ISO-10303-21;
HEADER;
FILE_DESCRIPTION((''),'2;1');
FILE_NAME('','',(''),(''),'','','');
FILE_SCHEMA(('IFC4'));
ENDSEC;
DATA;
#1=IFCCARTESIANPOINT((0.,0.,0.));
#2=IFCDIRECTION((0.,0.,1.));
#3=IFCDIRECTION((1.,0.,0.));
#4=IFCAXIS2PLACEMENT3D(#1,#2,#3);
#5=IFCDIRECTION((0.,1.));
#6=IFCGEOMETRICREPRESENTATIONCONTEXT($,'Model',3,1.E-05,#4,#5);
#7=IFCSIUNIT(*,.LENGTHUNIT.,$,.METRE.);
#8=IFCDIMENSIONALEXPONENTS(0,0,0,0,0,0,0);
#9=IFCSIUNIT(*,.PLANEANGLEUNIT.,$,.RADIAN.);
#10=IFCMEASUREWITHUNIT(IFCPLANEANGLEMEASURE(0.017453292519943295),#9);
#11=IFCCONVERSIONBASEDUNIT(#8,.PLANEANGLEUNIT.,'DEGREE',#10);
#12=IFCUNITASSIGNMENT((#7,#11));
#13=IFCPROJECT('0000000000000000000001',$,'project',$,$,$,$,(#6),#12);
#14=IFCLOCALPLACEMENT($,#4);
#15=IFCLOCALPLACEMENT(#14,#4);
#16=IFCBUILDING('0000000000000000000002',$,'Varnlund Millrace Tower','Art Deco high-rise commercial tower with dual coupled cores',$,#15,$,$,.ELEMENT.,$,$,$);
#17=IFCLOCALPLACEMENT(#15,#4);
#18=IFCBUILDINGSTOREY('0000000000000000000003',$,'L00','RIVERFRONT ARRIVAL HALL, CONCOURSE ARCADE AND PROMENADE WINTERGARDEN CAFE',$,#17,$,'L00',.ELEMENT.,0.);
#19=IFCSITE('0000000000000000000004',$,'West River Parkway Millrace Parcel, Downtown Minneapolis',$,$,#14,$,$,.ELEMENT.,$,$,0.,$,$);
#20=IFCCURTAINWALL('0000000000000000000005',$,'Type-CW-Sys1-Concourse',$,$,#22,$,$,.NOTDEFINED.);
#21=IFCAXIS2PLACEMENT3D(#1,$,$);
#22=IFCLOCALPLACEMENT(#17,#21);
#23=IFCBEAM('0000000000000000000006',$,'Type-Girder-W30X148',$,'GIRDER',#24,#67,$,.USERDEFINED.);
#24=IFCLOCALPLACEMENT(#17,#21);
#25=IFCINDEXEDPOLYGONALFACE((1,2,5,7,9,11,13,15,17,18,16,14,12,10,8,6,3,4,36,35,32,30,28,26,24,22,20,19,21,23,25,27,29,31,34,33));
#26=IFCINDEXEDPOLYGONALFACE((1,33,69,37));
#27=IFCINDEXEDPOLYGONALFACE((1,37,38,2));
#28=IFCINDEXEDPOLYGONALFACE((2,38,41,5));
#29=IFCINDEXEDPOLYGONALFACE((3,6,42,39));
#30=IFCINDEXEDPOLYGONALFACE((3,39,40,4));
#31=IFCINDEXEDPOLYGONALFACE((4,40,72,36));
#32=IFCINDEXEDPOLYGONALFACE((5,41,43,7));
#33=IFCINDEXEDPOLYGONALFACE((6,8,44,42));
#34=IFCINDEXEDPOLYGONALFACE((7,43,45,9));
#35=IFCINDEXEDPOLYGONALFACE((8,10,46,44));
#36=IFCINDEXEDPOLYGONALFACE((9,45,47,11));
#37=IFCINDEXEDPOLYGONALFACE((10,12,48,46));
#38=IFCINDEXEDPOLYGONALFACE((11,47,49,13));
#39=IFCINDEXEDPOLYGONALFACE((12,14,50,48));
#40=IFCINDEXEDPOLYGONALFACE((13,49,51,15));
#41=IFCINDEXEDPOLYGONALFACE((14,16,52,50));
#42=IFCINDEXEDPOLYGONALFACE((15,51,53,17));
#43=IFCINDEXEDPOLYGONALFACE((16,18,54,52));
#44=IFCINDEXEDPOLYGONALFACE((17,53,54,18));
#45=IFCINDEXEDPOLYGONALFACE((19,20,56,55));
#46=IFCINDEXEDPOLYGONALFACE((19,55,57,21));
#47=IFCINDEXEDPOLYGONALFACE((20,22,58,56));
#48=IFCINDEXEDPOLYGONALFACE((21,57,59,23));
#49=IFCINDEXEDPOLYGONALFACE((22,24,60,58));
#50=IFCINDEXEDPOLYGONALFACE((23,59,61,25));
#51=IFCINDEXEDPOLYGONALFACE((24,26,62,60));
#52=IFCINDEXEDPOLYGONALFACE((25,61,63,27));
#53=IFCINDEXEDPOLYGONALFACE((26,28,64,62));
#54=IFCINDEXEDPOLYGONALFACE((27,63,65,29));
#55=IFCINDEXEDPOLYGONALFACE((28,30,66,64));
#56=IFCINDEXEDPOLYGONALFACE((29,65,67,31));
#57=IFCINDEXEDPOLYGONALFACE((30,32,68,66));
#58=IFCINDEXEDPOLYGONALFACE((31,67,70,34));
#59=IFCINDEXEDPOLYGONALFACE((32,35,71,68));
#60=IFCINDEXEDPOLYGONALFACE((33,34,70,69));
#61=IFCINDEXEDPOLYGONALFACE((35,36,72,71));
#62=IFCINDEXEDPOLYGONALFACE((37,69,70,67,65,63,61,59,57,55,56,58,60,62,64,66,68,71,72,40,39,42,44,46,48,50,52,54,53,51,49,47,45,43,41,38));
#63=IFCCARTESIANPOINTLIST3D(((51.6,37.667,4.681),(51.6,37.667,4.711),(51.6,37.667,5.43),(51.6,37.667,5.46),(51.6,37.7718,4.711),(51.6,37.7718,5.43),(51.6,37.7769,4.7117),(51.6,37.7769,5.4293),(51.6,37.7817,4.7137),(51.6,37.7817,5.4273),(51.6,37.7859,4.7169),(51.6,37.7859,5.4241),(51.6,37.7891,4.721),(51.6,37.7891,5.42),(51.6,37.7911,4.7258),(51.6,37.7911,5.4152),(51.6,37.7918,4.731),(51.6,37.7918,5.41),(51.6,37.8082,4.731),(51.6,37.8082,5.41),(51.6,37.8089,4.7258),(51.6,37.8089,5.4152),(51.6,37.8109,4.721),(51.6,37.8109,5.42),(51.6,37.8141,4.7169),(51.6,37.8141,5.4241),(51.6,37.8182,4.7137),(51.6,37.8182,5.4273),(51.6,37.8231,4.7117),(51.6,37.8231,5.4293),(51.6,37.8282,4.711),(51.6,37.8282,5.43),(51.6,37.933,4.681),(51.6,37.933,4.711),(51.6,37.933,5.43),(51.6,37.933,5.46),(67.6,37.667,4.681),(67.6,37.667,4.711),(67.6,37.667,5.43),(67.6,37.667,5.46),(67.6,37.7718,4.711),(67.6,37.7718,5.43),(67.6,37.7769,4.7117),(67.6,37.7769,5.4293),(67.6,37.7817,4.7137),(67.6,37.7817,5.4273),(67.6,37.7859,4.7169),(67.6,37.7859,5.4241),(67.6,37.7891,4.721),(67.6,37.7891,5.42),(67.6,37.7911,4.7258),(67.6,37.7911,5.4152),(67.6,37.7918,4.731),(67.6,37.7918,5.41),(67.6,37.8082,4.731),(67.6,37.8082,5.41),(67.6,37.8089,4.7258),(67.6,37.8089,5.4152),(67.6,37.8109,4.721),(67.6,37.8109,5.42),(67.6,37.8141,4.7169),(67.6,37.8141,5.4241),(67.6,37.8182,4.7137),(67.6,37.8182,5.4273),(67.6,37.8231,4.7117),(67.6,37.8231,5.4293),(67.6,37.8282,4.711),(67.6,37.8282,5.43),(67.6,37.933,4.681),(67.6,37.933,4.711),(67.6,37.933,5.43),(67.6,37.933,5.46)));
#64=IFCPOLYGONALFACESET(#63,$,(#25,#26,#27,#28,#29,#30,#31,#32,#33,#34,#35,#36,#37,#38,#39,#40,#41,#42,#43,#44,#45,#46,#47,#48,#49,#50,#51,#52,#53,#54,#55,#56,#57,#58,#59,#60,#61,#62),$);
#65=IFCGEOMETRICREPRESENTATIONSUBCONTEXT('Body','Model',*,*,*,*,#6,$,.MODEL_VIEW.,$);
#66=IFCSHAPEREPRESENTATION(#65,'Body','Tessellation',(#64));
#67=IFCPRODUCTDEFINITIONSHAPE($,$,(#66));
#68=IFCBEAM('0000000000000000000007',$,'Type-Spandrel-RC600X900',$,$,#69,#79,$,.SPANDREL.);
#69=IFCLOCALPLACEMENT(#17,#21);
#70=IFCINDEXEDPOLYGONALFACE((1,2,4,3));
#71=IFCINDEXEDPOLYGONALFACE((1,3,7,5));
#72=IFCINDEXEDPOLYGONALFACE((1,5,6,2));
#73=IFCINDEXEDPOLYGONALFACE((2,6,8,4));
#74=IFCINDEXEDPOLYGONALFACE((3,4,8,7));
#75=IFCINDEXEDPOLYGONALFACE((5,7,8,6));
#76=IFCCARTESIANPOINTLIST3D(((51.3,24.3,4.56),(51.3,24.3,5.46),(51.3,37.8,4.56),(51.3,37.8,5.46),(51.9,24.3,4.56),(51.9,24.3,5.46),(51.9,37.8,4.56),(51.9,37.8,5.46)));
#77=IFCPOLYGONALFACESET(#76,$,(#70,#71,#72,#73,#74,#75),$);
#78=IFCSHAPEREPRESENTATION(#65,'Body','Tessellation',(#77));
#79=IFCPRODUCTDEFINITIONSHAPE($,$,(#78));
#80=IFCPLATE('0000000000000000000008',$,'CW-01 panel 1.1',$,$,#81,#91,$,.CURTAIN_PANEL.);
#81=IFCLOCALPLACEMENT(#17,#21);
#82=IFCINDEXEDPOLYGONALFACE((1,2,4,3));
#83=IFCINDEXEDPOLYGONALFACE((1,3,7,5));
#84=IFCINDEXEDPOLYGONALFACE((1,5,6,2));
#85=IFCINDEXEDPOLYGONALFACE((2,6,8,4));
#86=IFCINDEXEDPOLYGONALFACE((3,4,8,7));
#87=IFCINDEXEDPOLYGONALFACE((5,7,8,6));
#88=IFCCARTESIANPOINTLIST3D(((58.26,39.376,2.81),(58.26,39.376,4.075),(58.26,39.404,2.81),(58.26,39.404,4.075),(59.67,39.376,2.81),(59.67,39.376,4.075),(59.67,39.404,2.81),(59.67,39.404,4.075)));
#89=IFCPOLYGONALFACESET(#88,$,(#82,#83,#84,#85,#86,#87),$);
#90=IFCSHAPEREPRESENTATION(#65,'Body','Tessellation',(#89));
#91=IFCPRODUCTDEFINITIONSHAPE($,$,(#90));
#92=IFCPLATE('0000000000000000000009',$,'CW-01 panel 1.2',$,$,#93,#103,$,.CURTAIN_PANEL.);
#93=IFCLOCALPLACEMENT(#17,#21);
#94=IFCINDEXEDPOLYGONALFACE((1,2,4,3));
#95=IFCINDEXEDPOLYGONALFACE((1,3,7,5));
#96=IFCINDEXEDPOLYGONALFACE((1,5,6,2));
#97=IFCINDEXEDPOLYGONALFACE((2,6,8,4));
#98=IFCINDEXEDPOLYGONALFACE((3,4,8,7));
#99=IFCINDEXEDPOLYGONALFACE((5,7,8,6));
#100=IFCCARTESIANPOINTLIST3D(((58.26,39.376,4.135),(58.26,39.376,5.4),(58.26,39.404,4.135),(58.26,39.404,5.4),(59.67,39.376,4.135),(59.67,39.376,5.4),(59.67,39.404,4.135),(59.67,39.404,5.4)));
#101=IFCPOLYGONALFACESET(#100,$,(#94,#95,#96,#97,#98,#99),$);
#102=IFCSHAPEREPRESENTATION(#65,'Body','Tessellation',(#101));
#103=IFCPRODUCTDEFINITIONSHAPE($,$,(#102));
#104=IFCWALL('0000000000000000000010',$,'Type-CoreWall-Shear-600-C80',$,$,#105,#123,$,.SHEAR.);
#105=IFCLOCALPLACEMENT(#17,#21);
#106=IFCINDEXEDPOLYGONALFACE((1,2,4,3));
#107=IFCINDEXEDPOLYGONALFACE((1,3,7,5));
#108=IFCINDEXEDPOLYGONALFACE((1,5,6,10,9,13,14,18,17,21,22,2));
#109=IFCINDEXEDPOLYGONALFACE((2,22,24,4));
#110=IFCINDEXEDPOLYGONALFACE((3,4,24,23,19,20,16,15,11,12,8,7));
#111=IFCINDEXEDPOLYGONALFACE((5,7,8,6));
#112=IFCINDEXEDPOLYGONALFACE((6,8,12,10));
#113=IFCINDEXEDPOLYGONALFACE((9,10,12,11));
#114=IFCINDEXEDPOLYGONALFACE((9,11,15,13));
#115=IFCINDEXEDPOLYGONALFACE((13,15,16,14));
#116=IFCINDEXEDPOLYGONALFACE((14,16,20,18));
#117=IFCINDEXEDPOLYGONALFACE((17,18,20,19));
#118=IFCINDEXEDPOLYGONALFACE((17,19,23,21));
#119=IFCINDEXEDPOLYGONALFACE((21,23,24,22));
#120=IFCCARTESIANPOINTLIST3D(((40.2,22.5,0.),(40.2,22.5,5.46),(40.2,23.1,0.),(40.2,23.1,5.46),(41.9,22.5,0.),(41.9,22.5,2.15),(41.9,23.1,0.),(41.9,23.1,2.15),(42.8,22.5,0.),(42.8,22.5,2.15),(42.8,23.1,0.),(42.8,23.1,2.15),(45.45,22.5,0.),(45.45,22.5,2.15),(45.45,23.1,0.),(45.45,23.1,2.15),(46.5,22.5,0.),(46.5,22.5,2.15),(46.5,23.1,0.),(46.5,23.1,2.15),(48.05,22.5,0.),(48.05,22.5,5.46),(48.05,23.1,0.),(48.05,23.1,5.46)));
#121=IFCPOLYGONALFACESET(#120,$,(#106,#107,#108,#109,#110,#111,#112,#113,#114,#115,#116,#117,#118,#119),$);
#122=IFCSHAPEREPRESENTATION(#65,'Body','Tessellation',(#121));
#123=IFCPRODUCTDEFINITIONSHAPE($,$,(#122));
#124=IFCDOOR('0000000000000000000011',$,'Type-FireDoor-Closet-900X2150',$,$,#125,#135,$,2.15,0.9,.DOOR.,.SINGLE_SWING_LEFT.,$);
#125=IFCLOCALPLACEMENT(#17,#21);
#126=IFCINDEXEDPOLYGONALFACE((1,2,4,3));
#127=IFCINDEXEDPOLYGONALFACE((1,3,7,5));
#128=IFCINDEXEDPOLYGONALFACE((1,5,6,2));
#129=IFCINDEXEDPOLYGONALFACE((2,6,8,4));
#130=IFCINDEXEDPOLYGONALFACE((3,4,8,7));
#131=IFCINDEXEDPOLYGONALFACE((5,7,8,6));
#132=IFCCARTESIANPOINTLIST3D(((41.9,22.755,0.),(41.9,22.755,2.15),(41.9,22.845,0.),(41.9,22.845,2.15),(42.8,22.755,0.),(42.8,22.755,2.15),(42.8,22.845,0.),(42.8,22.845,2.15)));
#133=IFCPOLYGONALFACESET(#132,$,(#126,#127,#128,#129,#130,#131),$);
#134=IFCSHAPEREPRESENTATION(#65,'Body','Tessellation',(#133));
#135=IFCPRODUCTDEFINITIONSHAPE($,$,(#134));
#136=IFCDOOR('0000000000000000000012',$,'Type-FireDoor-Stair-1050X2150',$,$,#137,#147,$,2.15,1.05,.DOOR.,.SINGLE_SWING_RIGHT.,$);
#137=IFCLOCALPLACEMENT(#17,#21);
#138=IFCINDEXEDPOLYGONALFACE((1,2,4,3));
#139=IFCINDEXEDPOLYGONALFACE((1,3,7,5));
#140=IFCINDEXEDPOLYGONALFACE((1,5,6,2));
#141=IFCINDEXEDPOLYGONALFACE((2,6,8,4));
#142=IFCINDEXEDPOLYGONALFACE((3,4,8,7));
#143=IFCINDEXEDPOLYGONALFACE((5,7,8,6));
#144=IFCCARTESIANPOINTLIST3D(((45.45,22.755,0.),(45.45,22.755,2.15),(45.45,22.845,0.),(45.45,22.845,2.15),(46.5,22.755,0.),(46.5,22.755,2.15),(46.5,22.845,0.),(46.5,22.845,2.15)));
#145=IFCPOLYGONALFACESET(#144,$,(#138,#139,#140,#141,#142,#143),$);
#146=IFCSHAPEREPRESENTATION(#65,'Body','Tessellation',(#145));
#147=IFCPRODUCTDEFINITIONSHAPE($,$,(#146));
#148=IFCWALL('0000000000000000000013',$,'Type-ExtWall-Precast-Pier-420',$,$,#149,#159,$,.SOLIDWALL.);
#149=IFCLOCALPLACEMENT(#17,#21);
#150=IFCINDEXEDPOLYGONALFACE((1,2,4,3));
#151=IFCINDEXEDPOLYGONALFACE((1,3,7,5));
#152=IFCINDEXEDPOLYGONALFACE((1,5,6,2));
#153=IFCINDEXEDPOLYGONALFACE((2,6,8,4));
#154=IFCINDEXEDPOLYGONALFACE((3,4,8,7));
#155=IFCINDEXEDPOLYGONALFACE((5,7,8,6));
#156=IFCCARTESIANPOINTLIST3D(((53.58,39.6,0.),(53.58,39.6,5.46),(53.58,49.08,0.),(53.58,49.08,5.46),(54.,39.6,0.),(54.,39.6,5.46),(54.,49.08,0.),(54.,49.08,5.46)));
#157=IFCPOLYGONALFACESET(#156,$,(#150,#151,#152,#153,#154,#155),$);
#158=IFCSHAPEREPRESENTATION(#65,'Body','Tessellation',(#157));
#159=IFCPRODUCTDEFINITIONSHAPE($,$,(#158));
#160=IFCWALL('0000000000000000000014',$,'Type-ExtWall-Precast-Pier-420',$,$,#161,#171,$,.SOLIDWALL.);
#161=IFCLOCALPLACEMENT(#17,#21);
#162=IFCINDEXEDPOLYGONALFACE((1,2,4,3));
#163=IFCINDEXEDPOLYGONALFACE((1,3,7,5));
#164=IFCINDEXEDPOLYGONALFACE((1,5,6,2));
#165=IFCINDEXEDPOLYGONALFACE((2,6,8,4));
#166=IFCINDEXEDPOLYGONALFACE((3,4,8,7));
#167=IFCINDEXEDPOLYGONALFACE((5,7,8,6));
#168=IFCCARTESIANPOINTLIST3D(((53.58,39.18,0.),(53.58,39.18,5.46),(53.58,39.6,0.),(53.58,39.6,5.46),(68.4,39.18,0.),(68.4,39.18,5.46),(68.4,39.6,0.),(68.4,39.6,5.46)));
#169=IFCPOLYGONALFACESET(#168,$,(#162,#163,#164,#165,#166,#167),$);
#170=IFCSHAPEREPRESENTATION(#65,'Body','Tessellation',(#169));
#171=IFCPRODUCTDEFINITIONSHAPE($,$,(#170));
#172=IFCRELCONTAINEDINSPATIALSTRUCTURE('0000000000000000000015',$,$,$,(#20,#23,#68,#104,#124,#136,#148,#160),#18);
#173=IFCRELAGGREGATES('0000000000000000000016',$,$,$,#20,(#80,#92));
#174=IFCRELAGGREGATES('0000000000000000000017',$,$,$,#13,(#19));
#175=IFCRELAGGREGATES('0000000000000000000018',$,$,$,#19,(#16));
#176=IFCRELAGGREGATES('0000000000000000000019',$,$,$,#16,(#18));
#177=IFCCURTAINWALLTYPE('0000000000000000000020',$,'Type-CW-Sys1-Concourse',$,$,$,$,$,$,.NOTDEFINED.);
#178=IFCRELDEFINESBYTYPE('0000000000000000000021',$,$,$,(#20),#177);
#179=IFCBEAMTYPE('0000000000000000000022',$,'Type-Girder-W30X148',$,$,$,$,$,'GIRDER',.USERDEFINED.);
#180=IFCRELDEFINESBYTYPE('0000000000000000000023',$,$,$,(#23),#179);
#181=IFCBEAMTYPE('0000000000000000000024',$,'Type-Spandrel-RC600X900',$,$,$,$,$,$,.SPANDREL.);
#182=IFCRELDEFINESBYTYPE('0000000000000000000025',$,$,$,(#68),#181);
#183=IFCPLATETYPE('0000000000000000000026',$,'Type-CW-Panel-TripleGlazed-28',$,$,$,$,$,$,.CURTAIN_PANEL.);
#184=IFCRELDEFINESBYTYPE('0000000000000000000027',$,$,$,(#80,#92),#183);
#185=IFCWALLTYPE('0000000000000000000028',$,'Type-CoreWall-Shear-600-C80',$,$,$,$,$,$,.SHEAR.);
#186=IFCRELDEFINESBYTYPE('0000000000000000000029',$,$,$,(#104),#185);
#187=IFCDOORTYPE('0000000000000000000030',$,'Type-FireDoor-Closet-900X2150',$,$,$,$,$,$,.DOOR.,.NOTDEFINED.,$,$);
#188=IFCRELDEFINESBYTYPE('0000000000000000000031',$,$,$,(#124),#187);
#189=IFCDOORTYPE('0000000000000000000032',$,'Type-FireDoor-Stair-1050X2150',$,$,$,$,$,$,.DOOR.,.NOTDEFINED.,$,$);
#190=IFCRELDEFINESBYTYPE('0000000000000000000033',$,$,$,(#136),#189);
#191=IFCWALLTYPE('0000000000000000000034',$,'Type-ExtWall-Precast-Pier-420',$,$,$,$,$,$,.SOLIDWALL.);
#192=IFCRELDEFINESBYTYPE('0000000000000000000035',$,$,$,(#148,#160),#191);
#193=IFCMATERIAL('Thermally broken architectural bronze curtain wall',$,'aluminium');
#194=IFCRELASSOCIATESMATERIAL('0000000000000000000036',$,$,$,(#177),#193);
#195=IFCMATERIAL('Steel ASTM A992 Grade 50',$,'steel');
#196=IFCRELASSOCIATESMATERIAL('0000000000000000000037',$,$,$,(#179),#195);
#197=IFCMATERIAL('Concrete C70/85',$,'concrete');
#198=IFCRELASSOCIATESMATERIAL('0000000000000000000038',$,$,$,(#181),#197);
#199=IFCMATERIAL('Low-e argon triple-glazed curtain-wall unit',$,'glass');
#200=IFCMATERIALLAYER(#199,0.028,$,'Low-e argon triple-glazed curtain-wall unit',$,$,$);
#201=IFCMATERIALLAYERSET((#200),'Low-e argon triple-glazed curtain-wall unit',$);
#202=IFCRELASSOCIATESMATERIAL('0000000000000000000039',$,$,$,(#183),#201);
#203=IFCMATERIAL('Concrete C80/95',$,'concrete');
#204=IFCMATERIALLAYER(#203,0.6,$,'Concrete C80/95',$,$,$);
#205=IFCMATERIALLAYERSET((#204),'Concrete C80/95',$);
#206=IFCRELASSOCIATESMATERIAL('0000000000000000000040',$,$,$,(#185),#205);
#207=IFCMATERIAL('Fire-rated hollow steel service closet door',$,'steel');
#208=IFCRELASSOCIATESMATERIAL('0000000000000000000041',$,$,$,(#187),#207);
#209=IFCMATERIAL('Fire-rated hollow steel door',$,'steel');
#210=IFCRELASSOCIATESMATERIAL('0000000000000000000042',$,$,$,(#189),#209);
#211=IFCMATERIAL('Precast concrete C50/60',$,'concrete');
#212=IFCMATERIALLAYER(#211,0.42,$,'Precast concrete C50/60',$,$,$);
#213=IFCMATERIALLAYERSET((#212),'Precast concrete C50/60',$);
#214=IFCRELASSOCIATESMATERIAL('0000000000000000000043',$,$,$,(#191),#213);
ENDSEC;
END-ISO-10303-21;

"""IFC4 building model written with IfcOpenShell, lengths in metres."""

from ifc_helpers import new_model, entity, si_unit, converted_unit, direction, frame, origin_with_axes, origin_2d_with_axis, place, context, subcontext, project, spatial, polyline, rectangle, i_section, outline, extrude, material, layer, layer_set, material_profile, profile_set, type_object, element, fill, aggregate, save


model = new_model("IFC4")

# Units and contexts
model_context = context("Model", 3, precision=1e-05, world=origin_with_axes(), true_north=direction((0.0, 1.0)))
body_context = subcontext(model_context, "Body", "Model", "MODEL_VIEW")
ifc_project = project(units=[si_unit("LENGTHUNIT", "METRE"), converted_unit("PLANEANGLEUNIT", "DEGREE", entity("IfcPlaneAngleMeasure", 0.017453292519943295), si_unit("PLANEANGLEUNIT", "RADIAN"), dimensions=[0, 0, 0, 0, 0, 0, 0])], contexts=[model_context])

# Site, building, storey
site_placement = place(None, origin_with_axes())
site = spatial("IfcSite", under=ifc_project, at=site_placement, Name="West River Parkway Millrace Parcel, Downtown Minneapolis", CompositionType="ELEMENT", RefElevation=0.0)
building_placement = place(site_placement, origin_with_axes())
building = spatial("IfcBuilding", under=site, at=building_placement, Name="Varnlund Millrace Tower", Description="Art Deco high-rise commercial tower with dual coupled cores", CompositionType="ELEMENT")
storey_placement = place(building_placement, origin_with_axes())
storey = spatial("IfcBuildingStorey", under=building, at=storey_placement, Name="L00", Description="RIVERFRONT ARRIVAL HALL, CONCOURSE ARCADE AND PROMENADE WINTERGARDEN CAFE", LongName="L00", CompositionType="ELEMENT", Elevation=0.0)

# Shared definitions
ifc_material_1 = material(Name="Concrete C80/95", Category="concrete")

# Curtain wall
ifc_material_2 = material(Name="Thermally broken architectural bronze curtain wall", Category="aluminium")
curtain_wall_type = type_object("IfcCurtainWallType", Name="Type-CW-Sys1-Concourse", PredefinedType="NOTDEFINED", material=ifc_material_2)
curtain_wall_placement = place(storey_placement, frame((58.2, 39.39, 2.75), z_axis=(0.0, 0.0, 1.0), x_axis=(1.0, 0.0, 0.0)))
curtain_wall = element("IfcCurtainWall", 1, at=curtain_wall_placement, inside=storey, type_object=curtain_wall_type, Name="Type-CW-Sys1-Concourse", PredefinedType="NOTDEFINED")

# Beams
ifc_material_3 = material(Name="Steel ASTM A992 Grade 50", Category="steel")
ifc_material_profile_1 = material_profile(ifc_material_3, i_section(OverallWidth=0.266, OverallDepth=0.779, WebThickness=0.0165, FlangeThickness=0.03, FilletRadius=0.02, at=origin_2d_with_axis()), Name="Steel ASTM A992 Grade 50")
ifc_profile_set_1 = profile_set([ifc_material_profile_1], Name="Steel ASTM A992 Grade 50")
beam_type_1 = type_object("IfcBeamType", Name="Type-Girder-W30X148", ElementType="GIRDER", PredefinedType="USERDEFINED", material=ifc_profile_set_1)
beam_1_placement = place(storey_placement, frame((51.6, 37.8, 5.0705), z_axis=(1.0, 0.0, 0.0), x_axis=(0.0, 1.0, 0.0)))
element("IfcBeam", 2, at=beam_1_placement, inside=storey, type_object=beam_type_1, Name="Type-Girder-W30X148", ObjectType="GIRDER", PredefinedType="USERDEFINED", context=body_context, shape_type="SweptSolid", body=[
    extrude(i_section(OverallWidth=0.266, OverallDepth=0.779, WebThickness=0.0165, FlangeThickness=0.03, FilletRadius=0.02, at=origin_2d_with_axis()), origin_with_axes(), (0.0, 0.0, 1.0), 16.0),
])
ifc_material_4 = material(Name="Concrete C70/85", Category="concrete")
ifc_material_profile_2 = material_profile(ifc_material_4, rectangle(XDim=0.6, YDim=0.9, at=origin_2d_with_axis()), Name="Concrete C70/85")
ifc_profile_set_2 = profile_set([ifc_material_profile_2], Name="Concrete C70/85")
beam_type_2 = type_object("IfcBeamType", Name="Type-Spandrel-RC600X900", PredefinedType="SPANDREL", material=ifc_profile_set_2)
beam_2_placement = place(storey_placement, frame((51.6, 24.3, 5.01), z_axis=(0.0, 1.0, 0.0), x_axis=(-1.0, 0.0, 0.0)))
element("IfcBeam", 3, at=beam_2_placement, inside=storey, type_object=beam_type_2, Name="Type-Spandrel-RC600X900", PredefinedType="SPANDREL", context=body_context, shape_type="SweptSolid", body=[
    extrude(rectangle(XDim=0.6, YDim=0.9, at=origin_2d_with_axis()), origin_with_axes(), (0.0, 0.0, 1.0), 13.5),
])

# Plates
ifc_material_5 = material(Name="Low-e argon triple-glazed curtain-wall unit", Category="glass")
ifc_layer_1 = layer(ifc_material_5, 0.028, Name="Low-e argon triple-glazed curtain-wall unit")
ifc_layer_set_1 = layer_set([ifc_layer_1], Name="Low-e argon triple-glazed curtain-wall unit")
plate_type = type_object("IfcPlateType", Name="Type-CW-Panel-TripleGlazed-28", PredefinedType="CURTAIN_PANEL", material=ifc_layer_set_1)
plate_1_placement = place(storey_placement, frame((58.965, 39.39, 2.81), z_axis=(0.0, 0.0, 1.0), x_axis=(1.0, 0.0, 0.0)))
plate_1 = element("IfcPlate", 4, at=plate_1_placement, type_object=plate_type, Name="CW-01 panel 1.1", PredefinedType="CURTAIN_PANEL", context=body_context, shape_type="SweptSolid", body=[
    extrude(rectangle(XDim=1.41, YDim=0.028, at=origin_2d_with_axis()), origin_with_axes(), (0.0, 0.0, 1.0), 1.265),
])
plate_2_placement = place(storey_placement, frame((58.965, 39.39, 4.135), z_axis=(0.0, 0.0, 1.0), x_axis=(1.0, 0.0, 0.0)))
plate_2 = element("IfcPlate", 5, at=plate_2_placement, type_object=plate_type, Name="CW-01 panel 1.2", PredefinedType="CURTAIN_PANEL", context=body_context, shape_type="SweptSolid", body=[
    extrude(rectangle(XDim=1.41, YDim=0.028, at=origin_2d_with_axis()), origin_with_axes(), (0.0, 0.0, 1.0), 1.265),
])
aggregate(curtain_wall, [plate_1, plate_2])

# Wall, openings, doors
ifc_layer_2 = layer(ifc_material_1, 0.6, Name="Concrete C80/95")
ifc_layer_set_2 = layer_set([ifc_layer_2], Name="Concrete C80/95")
wall_type_1 = type_object("IfcWallType", Name="Type-CoreWall-Shear-600-C80", PredefinedType="SHEAR", material=ifc_layer_set_2)
wall_1_placement = place(storey_placement, frame((40.2, 22.8, 0.0), z_axis=(0.0, 0.0, 1.0), x_axis=(1.0, 0.0, 0.0)))
wall_1 = element("IfcWall", 6, at=wall_1_placement, inside=storey, type_object=wall_type_1, Name="Type-CoreWall-Shear-600-C80", PredefinedType="SHEAR", context=body_context, shape_type="SweptSolid", body=[
    extrude(outline(polyline([(0.0, -0.3), (7.85, -0.3), (7.85, 0.3), (0.0, 0.3), (0.0, -0.3)])), origin_with_axes(), (0.0, 0.0, 1.0), 5.46),
])
opening_1_placement = place(wall_1_placement, frame((5.775, 0.0, 0.0), z_axis=(0.0, 0.0, 1.0), x_axis=(1.0, 0.0, 0.0)))
opening_1 = element("IfcOpeningElement", 7, at=opening_1_placement, cuts=wall_1, PredefinedType="OPENING", context=body_context, shape_type="SweptSolid", body=[
    extrude(rectangle(XDim=1.05, YDim=0.62, at=origin_2d_with_axis()), origin_with_axes(), (0.0, 0.0, 1.0), 2.15),
])
opening_2_placement = place(wall_1_placement, frame((2.15, 0.0, 0.0), z_axis=(0.0, 0.0, 1.0), x_axis=(1.0, 0.0, 0.0)))
opening_2 = element("IfcOpeningElement", 8, at=opening_2_placement, cuts=wall_1, PredefinedType="OPENING", context=body_context, shape_type="SweptSolid", body=[
    extrude(rectangle(XDim=0.9, YDim=0.62, at=origin_2d_with_axis()), origin_with_axes(), (0.0, 0.0, 1.0), 2.15),
])
ifc_material_6 = material(Name="Fire-rated hollow steel service closet door", Category="steel")
door_type_1 = type_object("IfcDoorType", Name="Type-FireDoor-Closet-900X2150", OperationType="NOTDEFINED", PredefinedType="DOOR", material=ifc_material_6)
door_1_placement = place(wall_1_placement, frame((2.15, 0.0, 0.0), z_axis=(0.0, 0.0, 1.0), x_axis=(1.0, 0.0, 0.0)))
door_1 = element("IfcDoor", 9, at=door_1_placement, inside=storey, type_object=door_type_1, Name="Type-FireDoor-Closet-900X2150", OperationType="SINGLE_SWING_LEFT", OverallHeight=2.15, OverallWidth=0.9, PredefinedType="DOOR", context=body_context, shape_type="SweptSolid", body=[
    extrude(rectangle(XDim=0.9, YDim=0.09, at=origin_2d_with_axis()), origin_with_axes(), (0.0, 0.0, 1.0), 2.15),
])
fill(opening_2, door_1)
ifc_material_7 = material(Name="Fire-rated hollow steel door", Category="steel")
door_type_2 = type_object("IfcDoorType", Name="Type-FireDoor-Stair-1050X2150", OperationType="NOTDEFINED", PredefinedType="DOOR", material=ifc_material_7)
door_2_placement = place(wall_1_placement, frame((5.775, 0.0, 0.0), z_axis=(0.0, 0.0, 1.0), x_axis=(1.0, 0.0, 0.0)))
door_2 = element("IfcDoor", 10, at=door_2_placement, inside=storey, type_object=door_type_2, Name="Type-FireDoor-Stair-1050X2150", OperationType="SINGLE_SWING_RIGHT", OverallHeight=2.15, OverallWidth=1.05, PredefinedType="DOOR", context=body_context, shape_type="SweptSolid", body=[
    extrude(rectangle(XDim=1.05, YDim=0.09, at=origin_2d_with_axis()), origin_with_axes(), (0.0, 0.0, 1.0), 2.15),
])
fill(opening_1, door_2)

# Walls
ifc_material_8 = material(Name="Precast concrete C50/60", Category="concrete")
ifc_layer_3 = layer(ifc_material_8, 0.42, Name="Precast concrete C50/60")
ifc_layer_set_3 = layer_set([ifc_layer_3], Name="Precast concrete C50/60")
wall_type_2 = type_object("IfcWallType", Name="Type-ExtWall-Precast-Pier-420", PredefinedType="SOLIDWALL", material=ifc_layer_set_3)
wall_2_placement = place(storey_placement, frame((53.79, 49.08, 0.0), z_axis=(0.0, 0.0, 1.0), x_axis=(0.0, -1.0, 0.0)))
element("IfcWall", 11, at=wall_2_placement, inside=storey, type_object=wall_type_2, Name="Type-ExtWall-Precast-Pier-420", PredefinedType="SOLIDWALL", context=body_context, shape_type="SweptSolid", body=[
    extrude(outline(polyline([(0.0, -0.21), (9.48, -0.21), (9.48, 0.21), (0.0, 0.21), (0.0, -0.21)])), origin_with_axes(), (0.0, 0.0, 1.0), 5.46),
])
wall_3_placement = place(storey_placement, frame((53.58, 39.39, 0.0), z_axis=(0.0, 0.0, 1.0), x_axis=(1.0, 0.0, 0.0)))
element("IfcWall", 12, at=wall_3_placement, inside=storey, type_object=wall_type_2, Name="Type-ExtWall-Precast-Pier-420", PredefinedType="SOLIDWALL", context=body_context, shape_type="SweptSolid", body=[
    extrude(outline(polyline([(0.0, -0.21), (14.82, -0.21), (14.82, 0.21), (0.0, 0.21), (0.0, -0.21)])), origin_with_axes(), (0.0, 0.0, 1.0), 5.46),
])

save(model, "model.ifc")
